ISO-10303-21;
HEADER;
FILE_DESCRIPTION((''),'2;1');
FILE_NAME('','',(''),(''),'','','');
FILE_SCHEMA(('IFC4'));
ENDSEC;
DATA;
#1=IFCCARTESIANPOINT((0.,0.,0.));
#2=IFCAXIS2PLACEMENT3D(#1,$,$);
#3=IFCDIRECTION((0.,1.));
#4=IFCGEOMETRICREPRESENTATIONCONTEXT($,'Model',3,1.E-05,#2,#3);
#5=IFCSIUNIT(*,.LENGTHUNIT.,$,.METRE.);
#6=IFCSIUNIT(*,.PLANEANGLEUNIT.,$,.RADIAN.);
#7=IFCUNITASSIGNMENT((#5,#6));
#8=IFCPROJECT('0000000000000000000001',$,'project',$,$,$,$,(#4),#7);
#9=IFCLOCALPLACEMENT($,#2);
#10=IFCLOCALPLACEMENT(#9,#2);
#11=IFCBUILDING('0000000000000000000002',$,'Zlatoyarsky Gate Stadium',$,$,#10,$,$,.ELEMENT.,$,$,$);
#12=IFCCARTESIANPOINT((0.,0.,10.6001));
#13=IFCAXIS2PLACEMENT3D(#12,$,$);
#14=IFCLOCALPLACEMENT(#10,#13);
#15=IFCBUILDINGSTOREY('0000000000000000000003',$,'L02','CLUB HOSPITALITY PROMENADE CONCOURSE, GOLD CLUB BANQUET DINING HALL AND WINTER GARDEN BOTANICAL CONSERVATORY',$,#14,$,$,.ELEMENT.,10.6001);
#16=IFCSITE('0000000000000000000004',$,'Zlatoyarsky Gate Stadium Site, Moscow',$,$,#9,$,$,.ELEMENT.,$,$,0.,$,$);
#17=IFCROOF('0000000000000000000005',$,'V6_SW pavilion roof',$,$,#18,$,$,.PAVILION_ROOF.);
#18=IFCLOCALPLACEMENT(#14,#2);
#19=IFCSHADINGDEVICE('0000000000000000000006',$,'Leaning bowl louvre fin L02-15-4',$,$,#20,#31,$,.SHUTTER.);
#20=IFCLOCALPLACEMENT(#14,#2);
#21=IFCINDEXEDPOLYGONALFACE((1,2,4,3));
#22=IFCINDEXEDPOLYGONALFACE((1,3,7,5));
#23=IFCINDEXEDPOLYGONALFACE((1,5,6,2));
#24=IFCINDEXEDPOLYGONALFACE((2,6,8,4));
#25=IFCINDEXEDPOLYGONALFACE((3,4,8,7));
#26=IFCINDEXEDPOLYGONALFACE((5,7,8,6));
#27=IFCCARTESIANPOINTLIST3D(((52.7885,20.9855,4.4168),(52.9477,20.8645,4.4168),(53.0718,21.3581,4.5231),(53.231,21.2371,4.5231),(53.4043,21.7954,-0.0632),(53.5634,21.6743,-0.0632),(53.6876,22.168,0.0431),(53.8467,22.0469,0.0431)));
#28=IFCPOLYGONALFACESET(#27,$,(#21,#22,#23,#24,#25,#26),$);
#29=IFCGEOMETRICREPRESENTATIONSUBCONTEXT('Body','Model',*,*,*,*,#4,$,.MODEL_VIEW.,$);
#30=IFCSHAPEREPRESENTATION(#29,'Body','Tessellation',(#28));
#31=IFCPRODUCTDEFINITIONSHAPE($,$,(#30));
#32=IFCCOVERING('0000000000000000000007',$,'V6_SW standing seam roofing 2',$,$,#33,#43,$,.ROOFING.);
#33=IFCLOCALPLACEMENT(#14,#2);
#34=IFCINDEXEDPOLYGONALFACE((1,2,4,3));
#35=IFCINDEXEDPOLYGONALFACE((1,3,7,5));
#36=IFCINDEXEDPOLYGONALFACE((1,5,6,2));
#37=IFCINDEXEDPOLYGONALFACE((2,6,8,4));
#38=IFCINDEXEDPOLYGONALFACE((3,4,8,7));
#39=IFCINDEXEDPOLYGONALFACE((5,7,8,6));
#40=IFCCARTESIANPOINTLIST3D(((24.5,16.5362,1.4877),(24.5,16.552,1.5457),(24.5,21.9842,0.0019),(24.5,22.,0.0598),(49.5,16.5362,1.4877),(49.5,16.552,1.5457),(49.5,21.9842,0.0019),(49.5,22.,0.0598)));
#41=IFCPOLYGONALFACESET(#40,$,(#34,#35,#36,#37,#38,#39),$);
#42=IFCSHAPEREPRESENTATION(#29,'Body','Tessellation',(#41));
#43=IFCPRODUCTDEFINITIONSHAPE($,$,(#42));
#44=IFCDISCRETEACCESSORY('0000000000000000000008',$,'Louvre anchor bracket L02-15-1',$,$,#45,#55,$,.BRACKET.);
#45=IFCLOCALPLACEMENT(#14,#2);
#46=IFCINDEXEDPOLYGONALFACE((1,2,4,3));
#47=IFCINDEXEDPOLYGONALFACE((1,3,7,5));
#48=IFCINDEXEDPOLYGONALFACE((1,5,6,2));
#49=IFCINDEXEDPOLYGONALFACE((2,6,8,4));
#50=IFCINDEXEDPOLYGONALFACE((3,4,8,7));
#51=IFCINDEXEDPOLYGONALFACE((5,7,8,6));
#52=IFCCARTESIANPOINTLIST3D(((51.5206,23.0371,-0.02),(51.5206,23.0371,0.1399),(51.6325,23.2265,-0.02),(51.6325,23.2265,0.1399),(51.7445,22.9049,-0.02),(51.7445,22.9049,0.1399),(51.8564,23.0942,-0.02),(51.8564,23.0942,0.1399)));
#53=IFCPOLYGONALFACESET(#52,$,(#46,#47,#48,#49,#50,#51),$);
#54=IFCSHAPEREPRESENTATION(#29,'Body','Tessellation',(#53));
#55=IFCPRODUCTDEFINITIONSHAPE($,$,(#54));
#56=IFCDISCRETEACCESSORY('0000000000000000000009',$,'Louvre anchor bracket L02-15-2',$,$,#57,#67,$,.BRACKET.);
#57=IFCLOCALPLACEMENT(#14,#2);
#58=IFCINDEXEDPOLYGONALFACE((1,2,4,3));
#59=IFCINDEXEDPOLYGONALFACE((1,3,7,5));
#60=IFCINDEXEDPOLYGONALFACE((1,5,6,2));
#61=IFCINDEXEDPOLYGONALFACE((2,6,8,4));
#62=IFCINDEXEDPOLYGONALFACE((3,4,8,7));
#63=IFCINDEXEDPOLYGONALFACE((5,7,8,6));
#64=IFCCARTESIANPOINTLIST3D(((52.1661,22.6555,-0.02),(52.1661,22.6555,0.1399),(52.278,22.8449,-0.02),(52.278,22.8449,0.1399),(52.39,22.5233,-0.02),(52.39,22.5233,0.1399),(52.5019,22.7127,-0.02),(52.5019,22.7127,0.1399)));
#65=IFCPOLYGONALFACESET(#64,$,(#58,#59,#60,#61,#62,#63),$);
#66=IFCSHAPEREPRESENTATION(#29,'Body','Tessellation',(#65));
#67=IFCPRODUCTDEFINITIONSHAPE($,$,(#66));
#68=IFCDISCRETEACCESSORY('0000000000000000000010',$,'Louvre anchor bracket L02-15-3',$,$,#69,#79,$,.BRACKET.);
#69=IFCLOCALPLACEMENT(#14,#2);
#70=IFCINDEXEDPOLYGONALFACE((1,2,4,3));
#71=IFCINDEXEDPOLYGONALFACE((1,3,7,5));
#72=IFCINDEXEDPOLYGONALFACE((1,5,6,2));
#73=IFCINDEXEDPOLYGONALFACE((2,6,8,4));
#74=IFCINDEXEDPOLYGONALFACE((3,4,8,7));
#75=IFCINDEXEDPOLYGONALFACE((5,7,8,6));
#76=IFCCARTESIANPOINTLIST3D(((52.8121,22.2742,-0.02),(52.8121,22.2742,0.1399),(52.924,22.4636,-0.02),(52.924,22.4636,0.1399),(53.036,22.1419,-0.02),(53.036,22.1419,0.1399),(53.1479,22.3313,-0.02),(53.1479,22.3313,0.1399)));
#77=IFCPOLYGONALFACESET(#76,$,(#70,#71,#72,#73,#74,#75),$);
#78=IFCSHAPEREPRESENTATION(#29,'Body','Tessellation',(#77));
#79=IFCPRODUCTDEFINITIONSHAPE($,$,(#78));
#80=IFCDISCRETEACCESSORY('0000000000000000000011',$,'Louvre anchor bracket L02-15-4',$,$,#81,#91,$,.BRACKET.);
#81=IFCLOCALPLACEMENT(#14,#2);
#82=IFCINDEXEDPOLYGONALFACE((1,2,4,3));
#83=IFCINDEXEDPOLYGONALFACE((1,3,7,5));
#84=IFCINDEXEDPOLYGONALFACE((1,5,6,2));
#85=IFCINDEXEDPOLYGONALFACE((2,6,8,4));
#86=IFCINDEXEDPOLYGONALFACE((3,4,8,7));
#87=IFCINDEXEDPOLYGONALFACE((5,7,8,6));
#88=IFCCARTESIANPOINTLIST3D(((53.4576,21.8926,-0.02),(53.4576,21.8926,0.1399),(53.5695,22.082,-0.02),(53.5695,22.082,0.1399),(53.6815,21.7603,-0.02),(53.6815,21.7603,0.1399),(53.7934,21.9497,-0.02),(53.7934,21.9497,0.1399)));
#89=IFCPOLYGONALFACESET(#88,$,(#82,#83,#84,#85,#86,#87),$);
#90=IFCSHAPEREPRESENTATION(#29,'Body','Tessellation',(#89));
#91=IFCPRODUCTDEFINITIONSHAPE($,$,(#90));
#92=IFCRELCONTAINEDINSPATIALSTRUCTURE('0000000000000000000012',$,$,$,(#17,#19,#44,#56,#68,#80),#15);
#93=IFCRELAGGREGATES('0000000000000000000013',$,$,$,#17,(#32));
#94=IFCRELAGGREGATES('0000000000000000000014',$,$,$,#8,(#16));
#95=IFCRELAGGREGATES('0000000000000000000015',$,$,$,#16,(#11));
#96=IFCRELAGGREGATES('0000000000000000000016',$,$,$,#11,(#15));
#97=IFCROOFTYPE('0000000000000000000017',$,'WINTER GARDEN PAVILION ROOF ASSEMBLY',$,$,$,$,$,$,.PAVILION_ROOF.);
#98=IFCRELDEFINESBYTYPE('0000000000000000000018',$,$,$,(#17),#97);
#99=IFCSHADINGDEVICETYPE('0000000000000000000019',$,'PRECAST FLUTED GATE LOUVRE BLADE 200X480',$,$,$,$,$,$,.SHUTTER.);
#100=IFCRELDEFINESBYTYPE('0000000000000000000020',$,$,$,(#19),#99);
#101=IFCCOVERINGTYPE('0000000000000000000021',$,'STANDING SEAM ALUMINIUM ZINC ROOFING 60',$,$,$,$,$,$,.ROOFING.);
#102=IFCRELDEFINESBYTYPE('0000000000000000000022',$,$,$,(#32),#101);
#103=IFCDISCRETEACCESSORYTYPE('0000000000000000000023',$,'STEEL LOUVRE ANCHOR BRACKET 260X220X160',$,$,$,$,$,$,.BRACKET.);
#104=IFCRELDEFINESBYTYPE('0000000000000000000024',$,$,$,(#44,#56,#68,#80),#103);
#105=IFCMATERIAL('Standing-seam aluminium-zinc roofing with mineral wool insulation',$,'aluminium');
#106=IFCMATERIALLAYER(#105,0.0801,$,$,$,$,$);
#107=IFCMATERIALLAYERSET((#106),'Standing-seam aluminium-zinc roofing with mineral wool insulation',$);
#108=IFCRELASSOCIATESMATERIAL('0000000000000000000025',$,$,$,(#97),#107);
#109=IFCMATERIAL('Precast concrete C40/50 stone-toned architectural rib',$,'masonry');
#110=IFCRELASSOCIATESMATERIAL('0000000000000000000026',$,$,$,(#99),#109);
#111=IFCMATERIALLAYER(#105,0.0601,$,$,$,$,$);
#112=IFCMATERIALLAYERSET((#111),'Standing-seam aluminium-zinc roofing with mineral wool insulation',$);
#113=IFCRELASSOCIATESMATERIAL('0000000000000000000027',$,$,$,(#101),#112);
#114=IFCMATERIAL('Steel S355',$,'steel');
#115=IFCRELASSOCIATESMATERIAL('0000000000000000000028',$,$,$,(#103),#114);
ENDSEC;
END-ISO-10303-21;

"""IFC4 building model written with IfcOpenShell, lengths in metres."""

from ifc_helpers import new_model, si_unit, direction, frame, origin, origin_2d, place, context, subcontext, project, spatial, polyline, rectangle, outline, extrude, material, layer, layer_set, material_profile, profile_set, type_object, element, aggregate, save


model = new_model("IFC4")

# Units and contexts
model_context = context("Model", 3, precision=1e-05, world=origin(), true_north=direction((0.0, 1.0)))
body_context = subcontext(model_context, "Body", "Model", "MODEL_VIEW")
ifc_project = project(units=[si_unit("LENGTHUNIT", "METRE"), si_unit("PLANEANGLEUNIT", "RADIAN")], contexts=[model_context])

# Site, building, storey
site_placement = place(None, origin())
site = spatial("IfcSite", under=ifc_project, at=site_placement, Name="Zlatoyarsky Gate Stadium Site, Moscow", CompositionType="ELEMENT", RefElevation=0.0)
building_placement = place(site_placement, origin())
building = spatial("IfcBuilding", under=site, at=building_placement, Name="Zlatoyarsky Gate Stadium", CompositionType="ELEMENT")
storey_placement = place(building_placement, frame((0.0, 0.0, 10.6001)))
storey = spatial("IfcBuildingStorey", under=building, at=storey_placement, Name="L02", Description="CLUB HOSPITALITY PROMENADE CONCOURSE, GOLD CLUB BANQUET DINING HALL AND WINTER GARDEN BOTANICAL CONSERVATORY", CompositionType="ELEMENT", Elevation=10.6001)

# Shared definitions
ifc_material_1 = material(Name="Steel S355", Category="steel")

# Roof
ifc_material_2 = material(Name="Standing-seam aluminium-zinc roofing with mineral wool insulation", Category="aluminium")
ifc_layer_1 = layer(ifc_material_2, 0.0801)
ifc_layer_set_1 = layer_set([ifc_layer_1], Name="Standing-seam aluminium-zinc roofing with mineral wool insulation")
roof_type = type_object("IfcRoofType", Name="WINTER GARDEN PAVILION ROOF ASSEMBLY", PredefinedType="PAVILION_ROOF", material=ifc_layer_set_1)
roof_placement = place(storey_placement, origin())
roof = element("IfcRoof", 1, at=roof_placement, inside=storey, type_object=roof_type, Name="V6_SW pavilion roof", PredefinedType="PAVILION_ROOF")

# Shading device
ifc_material_3 = material(Name="Precast concrete C40/50 stone-toned architectural rib", Category="masonry")
ifc_material_profile_1 = material_profile(ifc_material_3, rectangle(XDim=0.2, YDim=0.48, at=origin_2d()), Name="RIB 200X480")
ifc_profile_set_1 = profile_set([ifc_material_profile_1], Name="Precast concrete C40/50 stone-toned architectural rib")
shading_device_type = type_object("IfcShadingDeviceType", Name="PRECAST FLUTED GATE LOUVRE BLADE 200X480", PredefinedType="SHUTTER", material=ifc_profile_set_1)
shading_device_1_placement = place(storey_placement, frame((53.6255, 21.9211, -0.01), z_axis=(-0.134027, -0.176275, 0.975174), x_axis=(0.796037, -0.605248, 0.0)))
element("IfcShadingDevice", 2, at=shading_device_1_placement, inside=storey, type_object=shading_device_type, Name="Leaning bowl louvre fin L02-15-4", PredefinedType="SHUTTER", context=body_context, shape_type="SweptSolid", body=[
    extrude(rectangle(XDim=0.2, YDim=0.48, at=origin_2d()), origin(), (0.0, 0.0, 1.0), 4.594),
])

# Covering
ifc_layer_2 = layer(ifc_material_2, 0.0601)
ifc_layer_set_2 = layer_set([ifc_layer_2], Name="Standing-seam aluminium-zinc roofing with mineral wool insulation")
covering_type = type_object("IfcCoveringType", Name="STANDING SEAM ALUMINIUM ZINC ROOFING 60", PredefinedType="ROOFING", material=ifc_layer_set_2)
covering_placement = place(storey_placement, frame((49.5, 22.0, 0.0598), z_axis=(0.0, 0.263121, 0.964763), x_axis=(-1.0, 0.0, 0.0)))
covering = element("IfcCovering", 3, at=covering_placement, type_object=covering_type, Name="V6_SW standing seam roofing 2", PredefinedType="ROOFING", context=body_context, shape_type="SweptSolid", body=[
    extrude(outline(polyline([(0.0, 0.0), (25.0, 0.0), (25.0, 5.647), (0.0, 5.647), (0.0, 0.0)])), origin(), (0.0, 0.0, -1.0), 0.0601),
])
aggregate(roof, [covering])

# Discrete accessories
discrete_accessory_type = type_object("IfcDiscreteAccessoryType", Name="STEEL LOUVRE ANCHOR BRACKET 260X220X160", PredefinedType="BRACKET", material=ifc_material_1)
for number, where, z_axis, x_axis, name in (
    (4, (51.6885, 23.0657, -0.02), (0.0, 0.0, 1.0), (0.860992, -0.508619, 0.0), "Louvre anchor bracket L02-15-1"),
    (5, (52.334, 22.6841, -0.02), (0.0, 0.0, 1.0), (0.860992, -0.508619, 0.0), "Louvre anchor bracket L02-15-2"),
    (6, (52.98, 22.3027, -0.02), (0.0, 0.0, 1.0), (0.860992, -0.508619, 0.0), "Louvre anchor bracket L02-15-3"),
    (7, (53.6255, 21.9211, -0.02), (0.0, 0.0, 1.0), (0.860992, -0.508619, 0.0), "Louvre anchor bracket L02-15-4"),
):
    element("IfcDiscreteAccessory", number, at=place(storey_placement, frame(where, z_axis=z_axis, x_axis=x_axis)), inside=storey, type_object=discrete_accessory_type, Name=name, PredefinedType="BRACKET", context=body_context, shape_type="SweptSolid", body=[
        extrude(rectangle(XDim=0.26, YDim=0.22, at=origin_2d()), origin(), (0.0, 0.0, 1.0), 0.1599),
    ])

save(model, "model.ifc")
